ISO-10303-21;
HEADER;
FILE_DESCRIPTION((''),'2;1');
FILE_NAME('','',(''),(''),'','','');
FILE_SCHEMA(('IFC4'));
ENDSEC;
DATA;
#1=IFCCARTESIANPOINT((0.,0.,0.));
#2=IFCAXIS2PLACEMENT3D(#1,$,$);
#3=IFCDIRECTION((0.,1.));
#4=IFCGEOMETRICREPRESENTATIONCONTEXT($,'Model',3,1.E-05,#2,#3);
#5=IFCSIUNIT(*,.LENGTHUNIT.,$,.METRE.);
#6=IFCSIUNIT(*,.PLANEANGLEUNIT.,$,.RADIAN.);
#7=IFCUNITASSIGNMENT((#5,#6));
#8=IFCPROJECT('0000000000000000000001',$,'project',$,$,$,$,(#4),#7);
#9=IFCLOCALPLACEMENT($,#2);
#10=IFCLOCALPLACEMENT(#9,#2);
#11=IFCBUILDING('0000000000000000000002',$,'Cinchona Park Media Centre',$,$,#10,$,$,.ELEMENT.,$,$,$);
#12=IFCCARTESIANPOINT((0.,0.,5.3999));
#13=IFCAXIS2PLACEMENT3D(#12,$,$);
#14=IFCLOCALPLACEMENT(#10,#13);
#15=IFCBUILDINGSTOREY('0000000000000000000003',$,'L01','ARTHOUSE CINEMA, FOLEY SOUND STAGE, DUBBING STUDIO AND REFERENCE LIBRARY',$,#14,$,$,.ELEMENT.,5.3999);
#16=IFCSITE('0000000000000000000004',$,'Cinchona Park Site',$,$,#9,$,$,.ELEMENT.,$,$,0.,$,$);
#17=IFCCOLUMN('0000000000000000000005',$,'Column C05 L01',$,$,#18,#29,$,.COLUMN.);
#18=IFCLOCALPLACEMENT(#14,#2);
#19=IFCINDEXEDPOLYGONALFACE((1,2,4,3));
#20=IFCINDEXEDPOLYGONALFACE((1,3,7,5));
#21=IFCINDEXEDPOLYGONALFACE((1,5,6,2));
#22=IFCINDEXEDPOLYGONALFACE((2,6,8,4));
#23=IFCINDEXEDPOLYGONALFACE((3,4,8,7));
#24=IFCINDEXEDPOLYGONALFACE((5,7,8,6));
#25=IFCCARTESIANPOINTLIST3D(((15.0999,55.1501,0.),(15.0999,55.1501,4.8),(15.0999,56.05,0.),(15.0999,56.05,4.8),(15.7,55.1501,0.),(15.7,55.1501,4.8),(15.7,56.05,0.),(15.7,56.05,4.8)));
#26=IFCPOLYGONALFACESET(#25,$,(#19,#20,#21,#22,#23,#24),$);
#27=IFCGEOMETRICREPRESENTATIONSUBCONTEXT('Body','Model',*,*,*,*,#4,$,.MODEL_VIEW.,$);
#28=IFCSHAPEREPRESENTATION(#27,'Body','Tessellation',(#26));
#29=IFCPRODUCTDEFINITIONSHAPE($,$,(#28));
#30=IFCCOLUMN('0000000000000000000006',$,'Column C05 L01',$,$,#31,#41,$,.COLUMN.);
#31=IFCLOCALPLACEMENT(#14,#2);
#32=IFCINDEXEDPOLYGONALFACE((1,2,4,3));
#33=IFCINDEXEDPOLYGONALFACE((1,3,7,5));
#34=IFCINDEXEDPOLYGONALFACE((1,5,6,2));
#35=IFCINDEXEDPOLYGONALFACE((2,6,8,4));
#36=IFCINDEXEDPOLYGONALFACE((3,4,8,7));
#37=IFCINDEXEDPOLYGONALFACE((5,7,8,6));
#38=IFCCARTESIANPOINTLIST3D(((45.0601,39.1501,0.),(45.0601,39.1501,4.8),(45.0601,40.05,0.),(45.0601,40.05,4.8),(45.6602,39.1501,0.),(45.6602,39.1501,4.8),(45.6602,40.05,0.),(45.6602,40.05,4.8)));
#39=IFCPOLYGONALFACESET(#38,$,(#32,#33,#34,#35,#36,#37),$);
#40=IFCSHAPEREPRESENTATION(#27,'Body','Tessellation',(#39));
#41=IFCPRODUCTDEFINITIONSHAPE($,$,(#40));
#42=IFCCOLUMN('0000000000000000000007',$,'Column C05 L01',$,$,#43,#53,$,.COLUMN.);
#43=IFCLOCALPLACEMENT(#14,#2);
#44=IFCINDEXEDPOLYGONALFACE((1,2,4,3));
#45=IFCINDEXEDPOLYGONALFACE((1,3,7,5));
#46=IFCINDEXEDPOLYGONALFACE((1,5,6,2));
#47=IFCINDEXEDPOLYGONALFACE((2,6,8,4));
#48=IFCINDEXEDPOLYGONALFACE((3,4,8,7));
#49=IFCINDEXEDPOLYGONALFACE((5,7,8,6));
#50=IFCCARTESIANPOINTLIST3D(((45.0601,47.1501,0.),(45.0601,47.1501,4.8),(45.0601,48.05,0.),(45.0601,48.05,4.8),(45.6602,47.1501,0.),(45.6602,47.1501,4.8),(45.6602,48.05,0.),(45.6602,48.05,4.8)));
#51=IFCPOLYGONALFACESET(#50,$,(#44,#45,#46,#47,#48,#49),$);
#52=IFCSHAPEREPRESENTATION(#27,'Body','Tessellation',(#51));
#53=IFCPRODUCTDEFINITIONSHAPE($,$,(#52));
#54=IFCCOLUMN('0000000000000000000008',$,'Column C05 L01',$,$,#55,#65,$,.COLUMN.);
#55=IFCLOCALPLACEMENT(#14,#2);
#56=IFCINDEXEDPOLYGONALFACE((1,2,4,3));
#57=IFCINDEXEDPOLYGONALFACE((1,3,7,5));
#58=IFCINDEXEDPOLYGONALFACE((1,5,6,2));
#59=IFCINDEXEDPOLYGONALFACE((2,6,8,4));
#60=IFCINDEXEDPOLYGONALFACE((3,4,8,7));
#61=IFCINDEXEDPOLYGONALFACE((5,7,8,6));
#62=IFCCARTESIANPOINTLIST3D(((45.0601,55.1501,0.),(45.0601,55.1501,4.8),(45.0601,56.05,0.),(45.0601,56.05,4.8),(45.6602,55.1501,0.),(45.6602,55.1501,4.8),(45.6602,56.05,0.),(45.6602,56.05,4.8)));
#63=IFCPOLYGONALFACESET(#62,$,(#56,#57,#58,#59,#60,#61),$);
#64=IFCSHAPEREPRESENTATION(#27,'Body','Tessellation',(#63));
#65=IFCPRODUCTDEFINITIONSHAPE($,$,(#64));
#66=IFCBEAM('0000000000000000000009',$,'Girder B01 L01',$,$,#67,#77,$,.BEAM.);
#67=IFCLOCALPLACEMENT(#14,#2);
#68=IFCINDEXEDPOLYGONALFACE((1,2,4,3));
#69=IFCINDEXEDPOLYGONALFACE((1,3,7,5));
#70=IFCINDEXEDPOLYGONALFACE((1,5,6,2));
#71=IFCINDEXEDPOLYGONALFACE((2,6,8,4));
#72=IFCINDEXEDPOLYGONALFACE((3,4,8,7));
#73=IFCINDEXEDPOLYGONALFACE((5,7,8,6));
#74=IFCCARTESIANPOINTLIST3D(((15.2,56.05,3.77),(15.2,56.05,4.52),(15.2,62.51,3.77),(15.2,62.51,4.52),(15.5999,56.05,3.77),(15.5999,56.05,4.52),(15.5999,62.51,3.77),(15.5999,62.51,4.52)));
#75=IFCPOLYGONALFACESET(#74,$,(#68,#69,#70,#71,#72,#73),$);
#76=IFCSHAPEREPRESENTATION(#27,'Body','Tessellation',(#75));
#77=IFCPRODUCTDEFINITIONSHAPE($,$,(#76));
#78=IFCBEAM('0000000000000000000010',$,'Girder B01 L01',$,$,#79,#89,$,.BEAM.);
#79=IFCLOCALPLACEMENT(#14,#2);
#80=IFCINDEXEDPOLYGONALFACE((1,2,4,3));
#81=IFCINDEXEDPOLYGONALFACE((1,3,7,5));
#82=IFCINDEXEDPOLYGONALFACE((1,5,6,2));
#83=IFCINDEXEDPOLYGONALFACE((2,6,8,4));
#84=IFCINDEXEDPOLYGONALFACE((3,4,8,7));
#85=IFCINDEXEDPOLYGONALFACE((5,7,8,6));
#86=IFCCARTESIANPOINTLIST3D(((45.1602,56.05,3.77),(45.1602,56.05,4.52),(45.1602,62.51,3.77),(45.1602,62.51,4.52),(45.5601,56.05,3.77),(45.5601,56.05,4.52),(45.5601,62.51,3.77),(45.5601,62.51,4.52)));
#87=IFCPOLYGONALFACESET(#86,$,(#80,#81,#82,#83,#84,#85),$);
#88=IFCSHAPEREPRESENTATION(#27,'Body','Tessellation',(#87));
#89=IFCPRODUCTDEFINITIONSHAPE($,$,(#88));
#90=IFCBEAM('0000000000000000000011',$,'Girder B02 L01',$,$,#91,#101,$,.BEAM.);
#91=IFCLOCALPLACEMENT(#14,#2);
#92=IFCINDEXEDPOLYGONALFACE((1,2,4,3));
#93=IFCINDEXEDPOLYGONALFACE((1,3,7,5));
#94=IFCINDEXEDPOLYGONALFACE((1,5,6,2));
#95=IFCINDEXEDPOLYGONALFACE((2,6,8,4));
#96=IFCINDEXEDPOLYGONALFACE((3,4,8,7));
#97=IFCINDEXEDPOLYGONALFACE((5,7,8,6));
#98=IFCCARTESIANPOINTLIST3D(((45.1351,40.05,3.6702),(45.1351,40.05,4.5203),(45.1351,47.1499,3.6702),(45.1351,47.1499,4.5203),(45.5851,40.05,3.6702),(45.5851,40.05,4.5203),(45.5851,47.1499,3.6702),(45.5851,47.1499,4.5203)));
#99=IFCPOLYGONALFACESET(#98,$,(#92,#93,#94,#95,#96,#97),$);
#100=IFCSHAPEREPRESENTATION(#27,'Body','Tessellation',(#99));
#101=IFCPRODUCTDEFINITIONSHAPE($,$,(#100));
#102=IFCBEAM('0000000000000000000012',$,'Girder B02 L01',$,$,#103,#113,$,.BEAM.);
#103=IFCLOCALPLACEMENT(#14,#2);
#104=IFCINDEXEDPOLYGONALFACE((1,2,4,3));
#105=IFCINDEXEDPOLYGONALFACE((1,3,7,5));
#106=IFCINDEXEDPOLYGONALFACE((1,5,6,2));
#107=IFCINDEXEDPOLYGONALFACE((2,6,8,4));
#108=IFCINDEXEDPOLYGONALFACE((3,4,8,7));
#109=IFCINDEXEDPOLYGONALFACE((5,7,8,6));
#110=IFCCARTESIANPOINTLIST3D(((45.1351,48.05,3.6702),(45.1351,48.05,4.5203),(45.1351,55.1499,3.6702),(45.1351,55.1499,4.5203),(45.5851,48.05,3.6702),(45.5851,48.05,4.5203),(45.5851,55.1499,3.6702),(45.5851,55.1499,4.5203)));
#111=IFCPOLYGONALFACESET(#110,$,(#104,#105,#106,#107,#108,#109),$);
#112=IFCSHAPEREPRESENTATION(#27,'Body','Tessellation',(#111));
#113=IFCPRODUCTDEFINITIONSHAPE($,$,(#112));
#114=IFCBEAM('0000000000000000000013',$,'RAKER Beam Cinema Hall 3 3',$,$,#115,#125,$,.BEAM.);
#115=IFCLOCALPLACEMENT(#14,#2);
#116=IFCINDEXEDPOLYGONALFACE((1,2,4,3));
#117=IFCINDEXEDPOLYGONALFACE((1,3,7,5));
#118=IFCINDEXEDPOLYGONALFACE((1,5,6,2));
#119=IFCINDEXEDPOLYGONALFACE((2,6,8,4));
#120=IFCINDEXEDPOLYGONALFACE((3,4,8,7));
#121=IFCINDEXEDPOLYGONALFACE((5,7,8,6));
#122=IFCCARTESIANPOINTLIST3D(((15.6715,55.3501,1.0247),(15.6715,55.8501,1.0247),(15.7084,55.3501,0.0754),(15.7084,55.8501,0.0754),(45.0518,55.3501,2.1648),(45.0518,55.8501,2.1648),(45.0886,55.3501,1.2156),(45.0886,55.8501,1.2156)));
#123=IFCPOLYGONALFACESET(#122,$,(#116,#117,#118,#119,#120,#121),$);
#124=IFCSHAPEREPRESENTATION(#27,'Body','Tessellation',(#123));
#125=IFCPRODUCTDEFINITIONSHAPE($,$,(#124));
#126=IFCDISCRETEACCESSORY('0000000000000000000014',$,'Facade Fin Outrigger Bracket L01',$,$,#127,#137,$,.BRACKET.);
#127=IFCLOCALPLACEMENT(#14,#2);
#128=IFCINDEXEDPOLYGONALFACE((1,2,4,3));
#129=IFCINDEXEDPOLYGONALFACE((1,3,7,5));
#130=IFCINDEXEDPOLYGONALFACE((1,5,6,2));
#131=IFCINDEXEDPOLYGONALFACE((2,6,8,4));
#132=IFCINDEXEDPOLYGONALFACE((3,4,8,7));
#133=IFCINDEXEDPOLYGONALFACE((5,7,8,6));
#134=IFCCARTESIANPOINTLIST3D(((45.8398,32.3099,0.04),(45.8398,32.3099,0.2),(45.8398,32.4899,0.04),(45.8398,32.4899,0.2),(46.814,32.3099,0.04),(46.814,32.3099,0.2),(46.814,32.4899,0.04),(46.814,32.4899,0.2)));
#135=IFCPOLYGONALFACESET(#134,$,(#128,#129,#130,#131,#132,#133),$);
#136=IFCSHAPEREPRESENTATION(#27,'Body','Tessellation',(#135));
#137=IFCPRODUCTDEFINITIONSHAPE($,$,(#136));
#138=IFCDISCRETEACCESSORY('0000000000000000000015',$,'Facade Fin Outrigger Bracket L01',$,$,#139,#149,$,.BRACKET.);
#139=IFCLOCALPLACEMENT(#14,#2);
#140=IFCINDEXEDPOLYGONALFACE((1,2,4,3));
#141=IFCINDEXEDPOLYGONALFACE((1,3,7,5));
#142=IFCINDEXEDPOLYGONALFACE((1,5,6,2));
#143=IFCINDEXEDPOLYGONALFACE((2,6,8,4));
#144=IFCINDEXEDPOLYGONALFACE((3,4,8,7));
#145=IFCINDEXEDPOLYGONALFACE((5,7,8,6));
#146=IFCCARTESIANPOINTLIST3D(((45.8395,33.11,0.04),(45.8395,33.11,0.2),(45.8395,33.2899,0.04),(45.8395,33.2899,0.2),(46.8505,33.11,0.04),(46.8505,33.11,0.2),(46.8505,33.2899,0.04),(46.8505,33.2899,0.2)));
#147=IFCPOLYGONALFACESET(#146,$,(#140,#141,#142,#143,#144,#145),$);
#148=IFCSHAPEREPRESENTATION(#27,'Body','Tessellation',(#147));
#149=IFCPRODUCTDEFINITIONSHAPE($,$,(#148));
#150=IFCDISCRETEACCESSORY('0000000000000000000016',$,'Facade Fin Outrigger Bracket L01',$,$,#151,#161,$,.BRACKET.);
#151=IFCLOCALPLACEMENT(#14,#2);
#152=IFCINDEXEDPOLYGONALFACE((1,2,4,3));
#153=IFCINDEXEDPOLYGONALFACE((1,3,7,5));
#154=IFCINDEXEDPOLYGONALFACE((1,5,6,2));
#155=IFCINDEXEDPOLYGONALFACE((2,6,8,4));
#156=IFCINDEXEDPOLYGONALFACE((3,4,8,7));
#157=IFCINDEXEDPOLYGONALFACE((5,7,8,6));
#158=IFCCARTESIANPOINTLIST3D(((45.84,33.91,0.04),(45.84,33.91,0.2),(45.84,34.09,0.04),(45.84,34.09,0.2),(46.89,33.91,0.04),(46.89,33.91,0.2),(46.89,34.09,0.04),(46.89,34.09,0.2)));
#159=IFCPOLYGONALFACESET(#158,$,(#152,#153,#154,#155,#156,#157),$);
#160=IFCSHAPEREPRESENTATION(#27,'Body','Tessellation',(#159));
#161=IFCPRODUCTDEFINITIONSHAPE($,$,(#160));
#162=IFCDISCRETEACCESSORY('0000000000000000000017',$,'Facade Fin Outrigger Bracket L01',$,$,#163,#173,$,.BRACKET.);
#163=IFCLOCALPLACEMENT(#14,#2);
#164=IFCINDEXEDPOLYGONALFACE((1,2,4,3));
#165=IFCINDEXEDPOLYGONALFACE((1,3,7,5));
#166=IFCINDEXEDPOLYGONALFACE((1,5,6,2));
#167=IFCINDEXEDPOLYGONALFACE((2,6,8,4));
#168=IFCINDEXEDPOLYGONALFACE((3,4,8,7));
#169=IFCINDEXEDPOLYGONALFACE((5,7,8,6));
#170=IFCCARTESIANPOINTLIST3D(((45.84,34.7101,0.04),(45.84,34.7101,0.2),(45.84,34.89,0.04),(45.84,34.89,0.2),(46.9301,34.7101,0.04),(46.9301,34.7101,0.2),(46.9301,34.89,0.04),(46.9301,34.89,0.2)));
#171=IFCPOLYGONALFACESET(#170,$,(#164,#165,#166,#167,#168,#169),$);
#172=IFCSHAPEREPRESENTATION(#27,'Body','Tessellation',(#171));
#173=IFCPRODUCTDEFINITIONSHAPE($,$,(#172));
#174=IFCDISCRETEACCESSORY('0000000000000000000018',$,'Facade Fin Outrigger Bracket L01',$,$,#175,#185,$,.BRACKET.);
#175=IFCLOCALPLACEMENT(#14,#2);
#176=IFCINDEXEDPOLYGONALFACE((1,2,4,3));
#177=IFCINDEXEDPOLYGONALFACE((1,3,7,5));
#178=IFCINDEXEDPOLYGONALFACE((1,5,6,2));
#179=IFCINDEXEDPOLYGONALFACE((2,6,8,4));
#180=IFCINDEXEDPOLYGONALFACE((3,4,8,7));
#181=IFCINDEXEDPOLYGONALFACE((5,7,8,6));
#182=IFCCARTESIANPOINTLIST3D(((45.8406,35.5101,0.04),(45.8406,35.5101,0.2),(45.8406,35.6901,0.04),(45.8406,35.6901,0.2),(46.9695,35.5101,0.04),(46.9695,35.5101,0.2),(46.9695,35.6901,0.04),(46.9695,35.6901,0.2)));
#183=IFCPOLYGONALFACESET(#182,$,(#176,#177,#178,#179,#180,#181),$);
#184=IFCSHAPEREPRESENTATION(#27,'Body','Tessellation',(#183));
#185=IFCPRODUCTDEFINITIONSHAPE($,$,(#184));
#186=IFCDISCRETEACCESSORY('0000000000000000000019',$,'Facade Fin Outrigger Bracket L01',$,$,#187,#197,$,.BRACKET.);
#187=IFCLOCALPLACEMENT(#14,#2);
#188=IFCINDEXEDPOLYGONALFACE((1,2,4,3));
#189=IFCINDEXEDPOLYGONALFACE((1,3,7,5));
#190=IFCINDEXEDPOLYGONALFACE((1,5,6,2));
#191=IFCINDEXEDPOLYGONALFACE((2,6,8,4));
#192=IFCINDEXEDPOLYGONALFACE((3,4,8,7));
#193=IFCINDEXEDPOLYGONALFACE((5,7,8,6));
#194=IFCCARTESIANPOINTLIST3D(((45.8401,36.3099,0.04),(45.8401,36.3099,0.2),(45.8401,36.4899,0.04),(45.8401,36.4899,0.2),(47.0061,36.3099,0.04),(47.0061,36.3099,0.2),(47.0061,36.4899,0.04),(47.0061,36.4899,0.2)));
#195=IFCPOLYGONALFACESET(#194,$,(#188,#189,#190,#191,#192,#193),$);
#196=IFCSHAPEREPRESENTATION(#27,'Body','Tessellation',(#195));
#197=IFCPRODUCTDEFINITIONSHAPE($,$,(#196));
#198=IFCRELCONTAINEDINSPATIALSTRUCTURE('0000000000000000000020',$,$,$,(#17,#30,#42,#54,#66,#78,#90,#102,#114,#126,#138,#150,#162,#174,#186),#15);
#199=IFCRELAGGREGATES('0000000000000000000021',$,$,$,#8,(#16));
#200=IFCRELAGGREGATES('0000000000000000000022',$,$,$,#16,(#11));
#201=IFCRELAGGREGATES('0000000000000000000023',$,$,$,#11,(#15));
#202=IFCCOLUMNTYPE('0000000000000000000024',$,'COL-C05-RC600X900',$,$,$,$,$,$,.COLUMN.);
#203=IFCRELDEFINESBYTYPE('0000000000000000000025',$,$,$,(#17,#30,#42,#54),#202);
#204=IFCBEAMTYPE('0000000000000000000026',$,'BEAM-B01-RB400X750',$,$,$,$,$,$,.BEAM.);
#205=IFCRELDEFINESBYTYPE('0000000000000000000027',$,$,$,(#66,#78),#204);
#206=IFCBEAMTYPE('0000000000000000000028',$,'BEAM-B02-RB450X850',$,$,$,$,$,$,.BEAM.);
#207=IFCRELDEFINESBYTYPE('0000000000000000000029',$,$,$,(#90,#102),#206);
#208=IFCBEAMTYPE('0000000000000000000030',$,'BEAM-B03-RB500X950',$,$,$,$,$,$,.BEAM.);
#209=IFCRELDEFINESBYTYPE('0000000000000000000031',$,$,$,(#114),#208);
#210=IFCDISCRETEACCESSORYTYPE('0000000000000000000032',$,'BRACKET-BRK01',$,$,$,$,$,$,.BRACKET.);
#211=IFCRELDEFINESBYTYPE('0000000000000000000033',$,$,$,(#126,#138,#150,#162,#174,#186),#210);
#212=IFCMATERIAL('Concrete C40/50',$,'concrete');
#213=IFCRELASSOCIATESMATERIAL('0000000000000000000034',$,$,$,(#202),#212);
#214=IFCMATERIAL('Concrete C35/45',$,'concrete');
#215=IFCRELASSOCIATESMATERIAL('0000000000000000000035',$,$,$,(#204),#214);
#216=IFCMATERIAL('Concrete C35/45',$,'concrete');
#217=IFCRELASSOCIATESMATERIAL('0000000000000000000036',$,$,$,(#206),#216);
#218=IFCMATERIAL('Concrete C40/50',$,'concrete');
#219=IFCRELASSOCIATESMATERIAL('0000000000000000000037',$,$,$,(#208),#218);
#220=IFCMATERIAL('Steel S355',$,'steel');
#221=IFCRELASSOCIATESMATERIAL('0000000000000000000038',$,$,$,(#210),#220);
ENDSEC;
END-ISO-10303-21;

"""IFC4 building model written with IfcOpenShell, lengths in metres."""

from ifc_helpers import new_model, si_unit, direction, frame, origin, origin_2d, place, context, subcontext, project, spatial, rectangle, extrude, material, material_profile, profile_set, type_object, element, save


model = new_model("IFC4")

# Units and contexts
model_context = context("Model", 3, precision=1e-05, world=origin(), true_north=direction((0.0, 1.0)))
body_context = subcontext(model_context, "Body", "Model", "MODEL_VIEW")
ifc_project = project(units=[si_unit("LENGTHUNIT", "METRE"), si_unit("PLANEANGLEUNIT", "RADIAN")], contexts=[model_context])

# Site, building, storey
site_placement = place(None, origin())
site = spatial("IfcSite", under=ifc_project, at=site_placement, Name="Cinchona Park Site", CompositionType="ELEMENT", RefElevation=0.0)
building_placement = place(site_placement, origin())
building = spatial("IfcBuilding", under=site, at=building_placement, Name="Cinchona Park Media Centre", CompositionType="ELEMENT")
storey_placement = place(building_placement, frame((0.0, 0.0, 5.3999)))
storey = spatial("IfcBuildingStorey", under=building, at=storey_placement, Name="L01", Description="ARTHOUSE CINEMA, FOLEY SOUND STAGE, DUBBING STUDIO AND REFERENCE LIBRARY", CompositionType="ELEMENT", Elevation=5.3999)

# Columns
ifc_material_1 = material(Name="Concrete C40/50", Category="concrete")
ifc_material_profile_1 = material_profile(ifc_material_1, rectangle(XDim=0.6001, YDim=0.8999, at=origin_2d()), Name="RC 600X900")
ifc_profile_set_1 = profile_set([ifc_material_profile_1], Name="Concrete C40/50")
column_type = type_object("IfcColumnType", Name="COL-C05-RC600X900", PredefinedType="COLUMN", material=ifc_profile_set_1)
for number, where, z_axis, x_axis, name in (
    (1, (15.3999, 55.6001, 0.0), (0.0, 0.0, 1.0), (1.0, 0.0, 0.0), "Column C05 L01"),
    (2, (45.3601, 39.6001, 0.0), (0.0, 0.0, 1.0), (1.0, 0.0, 0.0), "Column C05 L01"),
    (3, (45.3601, 47.6001, 0.0), (0.0, 0.0, 1.0), (1.0, 0.0, 0.0), "Column C05 L01"),
    (4, (45.3601, 55.6001, 0.0), (0.0, 0.0, 1.0), (1.0, 0.0, 0.0), "Column C05 L01"),
):
    element("IfcColumn", number, at=place(storey_placement, frame(where, z_axis=z_axis, x_axis=x_axis)), inside=storey, type_object=column_type, Name=name, PredefinedType="COLUMN", context=body_context, shape_type="SweptSolid", body=[
        extrude(rectangle(XDim=0.6001, YDim=0.8999, at=origin_2d()), origin(), (0.0, 0.0, 1.0), 4.8),
    ])

# Beams
ifc_material_2 = material(Name="Concrete C35/45", Category="concrete")
ifc_material_profile_2 = material_profile(ifc_material_2, rectangle(XDim=0.3999, YDim=0.75, at=origin_2d()), Name="RB 400X750")
ifc_profile_set_2 = profile_set([ifc_material_profile_2], Name="Concrete C35/45")
beam_type_1 = type_object("IfcBeamType", Name="BEAM-B01-RB400X750", PredefinedType="BEAM", material=ifc_profile_set_2)
for number, where, z_axis, x_axis, name in (
    (5, (15.3999, 56.05, 4.145), (0.0, 1.0, 0.0), (-1.0, 0.0, 0.0), "Girder B01 L01"),
    (6, (45.3601, 56.05, 4.145), (0.0, 1.0, 0.0), (-1.0, 0.0, 0.0), "Girder B01 L01"),
):
    element("IfcBeam", number, at=place(storey_placement, frame(where, z_axis=z_axis, x_axis=x_axis)), inside=storey, type_object=beam_type_1, Name=name, PredefinedType="BEAM", context=body_context, shape_type="SweptSolid", body=[
        extrude(rectangle(XDim=0.3999, YDim=0.75, at=origin_2d()), origin(), (0.0, 0.0, 1.0), 6.46),
    ])
ifc_material_3 = material(Name="Concrete C35/45", Category="concrete")
ifc_material_profile_3 = material_profile(ifc_material_3, rectangle(XDim=0.45, YDim=0.8501, at=origin_2d()), Name="RB 450X850")
ifc_profile_set_3 = profile_set([ifc_material_profile_3], Name="Concrete C35/45")
beam_type_2 = type_object("IfcBeamType", Name="BEAM-B02-RB450X850", PredefinedType="BEAM", material=ifc_profile_set_3)
for number, where, z_axis, x_axis, name in (
    (7, (45.3601, 40.05, 4.0952), (0.0, 1.0, 0.0), (-1.0, 0.0, 0.0), "Girder B02 L01"),
    (8, (45.3601, 48.05, 4.0952), (0.0, 1.0, 0.0), (-1.0, 0.0, 0.0), "Girder B02 L01"),
):
    element("IfcBeam", number, at=place(storey_placement, frame(where, z_axis=z_axis, x_axis=x_axis)), inside=storey, type_object=beam_type_2, Name=name, PredefinedType="BEAM", context=body_context, shape_type="SweptSolid", body=[
        extrude(rectangle(XDim=0.45, YDim=0.8501, at=origin_2d()), origin(), (0.0, 0.0, 1.0), 7.0999),
    ])
ifc_material_4 = material(Name="Concrete C40/50", Category="concrete")
ifc_material_profile_4 = material_profile(ifc_material_4, rectangle(XDim=0.5, YDim=0.95, at=origin_2d()), Name="RB 500X950")
ifc_profile_set_4 = profile_set([ifc_material_profile_4], Name="Concrete C40/50")
beam_type_3 = type_object("IfcBeamType", Name="BEAM-B03-RB500X950", PredefinedType="BEAM", material=ifc_profile_set_4)
beam_placement = place(storey_placement, frame((15.6899, 55.6001, 0.55), z_axis=(0.999248, 0.0, 0.038777), x_axis=(0.0, 1.0, 0.0)))
element("IfcBeam", 9, at=beam_placement, inside=storey, type_object=beam_type_3, Name="RAKER Beam Cinema Hall 3 3", PredefinedType="BEAM", context=body_context, shape_type="SweptSolid", body=[
    extrude(rectangle(XDim=0.5, YDim=0.95, at=origin_2d()), origin(), (0.0, 0.0, 1.0), 29.4023),
])

# Discrete accessories
ifc_material_5 = material(Name="Steel S355", Category="steel")
discrete_accessory_type = type_object("IfcDiscreteAccessoryType", Name="BRACKET-BRK01", PredefinedType="BRACKET", material=ifc_material_5)
discrete_accessory_1_placement = place(storey_placement, frame((46.3269, 32.3999, 0.04), z_axis=(0.0, 0.0, 1.0), x_axis=(0.0, 1.0, 0.0)))
element("IfcDiscreteAccessory", 10, at=discrete_accessory_1_placement, inside=storey, type_object=discrete_accessory_type, Name="Facade Fin Outrigger Bracket L01", PredefinedType="BRACKET", context=body_context, shape_type="SweptSolid", body=[
    extrude(rectangle(XDim=0.1799, YDim=0.9741, at=origin_2d()), origin(), (0.0, 0.0, 1.0), 0.1599),
])
discrete_accessory_2_placement = place(storey_placement, frame((46.345, 33.2, 0.04), z_axis=(0.0, 0.0, 1.0), x_axis=(0.0, 1.0, 0.0)))
element("IfcDiscreteAccessory", 11, at=discrete_accessory_2_placement, inside=storey, type_object=discrete_accessory_type, Name="Facade Fin Outrigger Bracket L01", PredefinedType="BRACKET", context=body_context, shape_type="SweptSolid", body=[
    extrude(rectangle(XDim=0.1799, YDim=1.011, at=origin_2d()), origin(), (0.0, 0.0, 1.0), 0.1599),
])
discrete_accessory_3_placement = place(storey_placement, frame((46.365, 34.0, 0.04), z_axis=(0.0, 0.0, 1.0), x_axis=(0.0, 1.0, 0.0)))
element("IfcDiscreteAccessory", 12, at=discrete_accessory_3_placement, inside=storey, type_object=discrete_accessory_type, Name="Facade Fin Outrigger Bracket L01", PredefinedType="BRACKET", context=body_context, shape_type="SweptSolid", body=[
    extrude(rectangle(XDim=0.1799, YDim=1.05, at=origin_2d()), origin(), (0.0, 0.0, 1.0), 0.1599),
])
discrete_accessory_4_placement = place(storey_placement, frame((46.385, 34.8, 0.04), z_axis=(0.0, 0.0, 1.0), x_axis=(0.0, 1.0, 0.0)))
element("IfcDiscreteAccessory", 13, at=discrete_accessory_4_placement, inside=storey, type_object=discrete_accessory_type, Name="Facade Fin Outrigger Bracket L01", PredefinedType="BRACKET", context=body_context, shape_type="SweptSolid", body=[
    extrude(rectangle(XDim=0.1799, YDim=1.0901, at=origin_2d()), origin(), (0.0, 0.0, 1.0), 0.1599),
])
discrete_accessory_5_placement = place(storey_placement, frame((46.405, 35.6001, 0.04), z_axis=(0.0, 0.0, 1.0), x_axis=(0.0, 1.0, 0.0)))
element("IfcDiscreteAccessory", 14, at=discrete_accessory_5_placement, inside=storey, type_object=discrete_accessory_type, Name="Facade Fin Outrigger Bracket L01", PredefinedType="BRACKET", context=body_context, shape_type="SweptSolid", body=[
    extrude(rectangle(XDim=0.1799, YDim=1.1289, at=origin_2d()), origin(), (0.0, 0.0, 1.0), 0.1599),
])
discrete_accessory_6_placement = place(storey_placement, frame((46.4231, 36.3999, 0.04), z_axis=(0.0, 0.0, 1.0), x_axis=(0.0, 1.0, 0.0)))
element("IfcDiscreteAccessory", 15, at=discrete_accessory_6_placement, inside=storey, type_object=discrete_accessory_type, Name="Facade Fin Outrigger Bracket L01", PredefinedType="BRACKET", context=body_context, shape_type="SweptSolid", body=[
    extrude(rectangle(XDim=0.1799, YDim=1.166, at=origin_2d()), origin(), (0.0, 0.0, 1.0), 0.1599),
])

save(model, "model.ifc")
